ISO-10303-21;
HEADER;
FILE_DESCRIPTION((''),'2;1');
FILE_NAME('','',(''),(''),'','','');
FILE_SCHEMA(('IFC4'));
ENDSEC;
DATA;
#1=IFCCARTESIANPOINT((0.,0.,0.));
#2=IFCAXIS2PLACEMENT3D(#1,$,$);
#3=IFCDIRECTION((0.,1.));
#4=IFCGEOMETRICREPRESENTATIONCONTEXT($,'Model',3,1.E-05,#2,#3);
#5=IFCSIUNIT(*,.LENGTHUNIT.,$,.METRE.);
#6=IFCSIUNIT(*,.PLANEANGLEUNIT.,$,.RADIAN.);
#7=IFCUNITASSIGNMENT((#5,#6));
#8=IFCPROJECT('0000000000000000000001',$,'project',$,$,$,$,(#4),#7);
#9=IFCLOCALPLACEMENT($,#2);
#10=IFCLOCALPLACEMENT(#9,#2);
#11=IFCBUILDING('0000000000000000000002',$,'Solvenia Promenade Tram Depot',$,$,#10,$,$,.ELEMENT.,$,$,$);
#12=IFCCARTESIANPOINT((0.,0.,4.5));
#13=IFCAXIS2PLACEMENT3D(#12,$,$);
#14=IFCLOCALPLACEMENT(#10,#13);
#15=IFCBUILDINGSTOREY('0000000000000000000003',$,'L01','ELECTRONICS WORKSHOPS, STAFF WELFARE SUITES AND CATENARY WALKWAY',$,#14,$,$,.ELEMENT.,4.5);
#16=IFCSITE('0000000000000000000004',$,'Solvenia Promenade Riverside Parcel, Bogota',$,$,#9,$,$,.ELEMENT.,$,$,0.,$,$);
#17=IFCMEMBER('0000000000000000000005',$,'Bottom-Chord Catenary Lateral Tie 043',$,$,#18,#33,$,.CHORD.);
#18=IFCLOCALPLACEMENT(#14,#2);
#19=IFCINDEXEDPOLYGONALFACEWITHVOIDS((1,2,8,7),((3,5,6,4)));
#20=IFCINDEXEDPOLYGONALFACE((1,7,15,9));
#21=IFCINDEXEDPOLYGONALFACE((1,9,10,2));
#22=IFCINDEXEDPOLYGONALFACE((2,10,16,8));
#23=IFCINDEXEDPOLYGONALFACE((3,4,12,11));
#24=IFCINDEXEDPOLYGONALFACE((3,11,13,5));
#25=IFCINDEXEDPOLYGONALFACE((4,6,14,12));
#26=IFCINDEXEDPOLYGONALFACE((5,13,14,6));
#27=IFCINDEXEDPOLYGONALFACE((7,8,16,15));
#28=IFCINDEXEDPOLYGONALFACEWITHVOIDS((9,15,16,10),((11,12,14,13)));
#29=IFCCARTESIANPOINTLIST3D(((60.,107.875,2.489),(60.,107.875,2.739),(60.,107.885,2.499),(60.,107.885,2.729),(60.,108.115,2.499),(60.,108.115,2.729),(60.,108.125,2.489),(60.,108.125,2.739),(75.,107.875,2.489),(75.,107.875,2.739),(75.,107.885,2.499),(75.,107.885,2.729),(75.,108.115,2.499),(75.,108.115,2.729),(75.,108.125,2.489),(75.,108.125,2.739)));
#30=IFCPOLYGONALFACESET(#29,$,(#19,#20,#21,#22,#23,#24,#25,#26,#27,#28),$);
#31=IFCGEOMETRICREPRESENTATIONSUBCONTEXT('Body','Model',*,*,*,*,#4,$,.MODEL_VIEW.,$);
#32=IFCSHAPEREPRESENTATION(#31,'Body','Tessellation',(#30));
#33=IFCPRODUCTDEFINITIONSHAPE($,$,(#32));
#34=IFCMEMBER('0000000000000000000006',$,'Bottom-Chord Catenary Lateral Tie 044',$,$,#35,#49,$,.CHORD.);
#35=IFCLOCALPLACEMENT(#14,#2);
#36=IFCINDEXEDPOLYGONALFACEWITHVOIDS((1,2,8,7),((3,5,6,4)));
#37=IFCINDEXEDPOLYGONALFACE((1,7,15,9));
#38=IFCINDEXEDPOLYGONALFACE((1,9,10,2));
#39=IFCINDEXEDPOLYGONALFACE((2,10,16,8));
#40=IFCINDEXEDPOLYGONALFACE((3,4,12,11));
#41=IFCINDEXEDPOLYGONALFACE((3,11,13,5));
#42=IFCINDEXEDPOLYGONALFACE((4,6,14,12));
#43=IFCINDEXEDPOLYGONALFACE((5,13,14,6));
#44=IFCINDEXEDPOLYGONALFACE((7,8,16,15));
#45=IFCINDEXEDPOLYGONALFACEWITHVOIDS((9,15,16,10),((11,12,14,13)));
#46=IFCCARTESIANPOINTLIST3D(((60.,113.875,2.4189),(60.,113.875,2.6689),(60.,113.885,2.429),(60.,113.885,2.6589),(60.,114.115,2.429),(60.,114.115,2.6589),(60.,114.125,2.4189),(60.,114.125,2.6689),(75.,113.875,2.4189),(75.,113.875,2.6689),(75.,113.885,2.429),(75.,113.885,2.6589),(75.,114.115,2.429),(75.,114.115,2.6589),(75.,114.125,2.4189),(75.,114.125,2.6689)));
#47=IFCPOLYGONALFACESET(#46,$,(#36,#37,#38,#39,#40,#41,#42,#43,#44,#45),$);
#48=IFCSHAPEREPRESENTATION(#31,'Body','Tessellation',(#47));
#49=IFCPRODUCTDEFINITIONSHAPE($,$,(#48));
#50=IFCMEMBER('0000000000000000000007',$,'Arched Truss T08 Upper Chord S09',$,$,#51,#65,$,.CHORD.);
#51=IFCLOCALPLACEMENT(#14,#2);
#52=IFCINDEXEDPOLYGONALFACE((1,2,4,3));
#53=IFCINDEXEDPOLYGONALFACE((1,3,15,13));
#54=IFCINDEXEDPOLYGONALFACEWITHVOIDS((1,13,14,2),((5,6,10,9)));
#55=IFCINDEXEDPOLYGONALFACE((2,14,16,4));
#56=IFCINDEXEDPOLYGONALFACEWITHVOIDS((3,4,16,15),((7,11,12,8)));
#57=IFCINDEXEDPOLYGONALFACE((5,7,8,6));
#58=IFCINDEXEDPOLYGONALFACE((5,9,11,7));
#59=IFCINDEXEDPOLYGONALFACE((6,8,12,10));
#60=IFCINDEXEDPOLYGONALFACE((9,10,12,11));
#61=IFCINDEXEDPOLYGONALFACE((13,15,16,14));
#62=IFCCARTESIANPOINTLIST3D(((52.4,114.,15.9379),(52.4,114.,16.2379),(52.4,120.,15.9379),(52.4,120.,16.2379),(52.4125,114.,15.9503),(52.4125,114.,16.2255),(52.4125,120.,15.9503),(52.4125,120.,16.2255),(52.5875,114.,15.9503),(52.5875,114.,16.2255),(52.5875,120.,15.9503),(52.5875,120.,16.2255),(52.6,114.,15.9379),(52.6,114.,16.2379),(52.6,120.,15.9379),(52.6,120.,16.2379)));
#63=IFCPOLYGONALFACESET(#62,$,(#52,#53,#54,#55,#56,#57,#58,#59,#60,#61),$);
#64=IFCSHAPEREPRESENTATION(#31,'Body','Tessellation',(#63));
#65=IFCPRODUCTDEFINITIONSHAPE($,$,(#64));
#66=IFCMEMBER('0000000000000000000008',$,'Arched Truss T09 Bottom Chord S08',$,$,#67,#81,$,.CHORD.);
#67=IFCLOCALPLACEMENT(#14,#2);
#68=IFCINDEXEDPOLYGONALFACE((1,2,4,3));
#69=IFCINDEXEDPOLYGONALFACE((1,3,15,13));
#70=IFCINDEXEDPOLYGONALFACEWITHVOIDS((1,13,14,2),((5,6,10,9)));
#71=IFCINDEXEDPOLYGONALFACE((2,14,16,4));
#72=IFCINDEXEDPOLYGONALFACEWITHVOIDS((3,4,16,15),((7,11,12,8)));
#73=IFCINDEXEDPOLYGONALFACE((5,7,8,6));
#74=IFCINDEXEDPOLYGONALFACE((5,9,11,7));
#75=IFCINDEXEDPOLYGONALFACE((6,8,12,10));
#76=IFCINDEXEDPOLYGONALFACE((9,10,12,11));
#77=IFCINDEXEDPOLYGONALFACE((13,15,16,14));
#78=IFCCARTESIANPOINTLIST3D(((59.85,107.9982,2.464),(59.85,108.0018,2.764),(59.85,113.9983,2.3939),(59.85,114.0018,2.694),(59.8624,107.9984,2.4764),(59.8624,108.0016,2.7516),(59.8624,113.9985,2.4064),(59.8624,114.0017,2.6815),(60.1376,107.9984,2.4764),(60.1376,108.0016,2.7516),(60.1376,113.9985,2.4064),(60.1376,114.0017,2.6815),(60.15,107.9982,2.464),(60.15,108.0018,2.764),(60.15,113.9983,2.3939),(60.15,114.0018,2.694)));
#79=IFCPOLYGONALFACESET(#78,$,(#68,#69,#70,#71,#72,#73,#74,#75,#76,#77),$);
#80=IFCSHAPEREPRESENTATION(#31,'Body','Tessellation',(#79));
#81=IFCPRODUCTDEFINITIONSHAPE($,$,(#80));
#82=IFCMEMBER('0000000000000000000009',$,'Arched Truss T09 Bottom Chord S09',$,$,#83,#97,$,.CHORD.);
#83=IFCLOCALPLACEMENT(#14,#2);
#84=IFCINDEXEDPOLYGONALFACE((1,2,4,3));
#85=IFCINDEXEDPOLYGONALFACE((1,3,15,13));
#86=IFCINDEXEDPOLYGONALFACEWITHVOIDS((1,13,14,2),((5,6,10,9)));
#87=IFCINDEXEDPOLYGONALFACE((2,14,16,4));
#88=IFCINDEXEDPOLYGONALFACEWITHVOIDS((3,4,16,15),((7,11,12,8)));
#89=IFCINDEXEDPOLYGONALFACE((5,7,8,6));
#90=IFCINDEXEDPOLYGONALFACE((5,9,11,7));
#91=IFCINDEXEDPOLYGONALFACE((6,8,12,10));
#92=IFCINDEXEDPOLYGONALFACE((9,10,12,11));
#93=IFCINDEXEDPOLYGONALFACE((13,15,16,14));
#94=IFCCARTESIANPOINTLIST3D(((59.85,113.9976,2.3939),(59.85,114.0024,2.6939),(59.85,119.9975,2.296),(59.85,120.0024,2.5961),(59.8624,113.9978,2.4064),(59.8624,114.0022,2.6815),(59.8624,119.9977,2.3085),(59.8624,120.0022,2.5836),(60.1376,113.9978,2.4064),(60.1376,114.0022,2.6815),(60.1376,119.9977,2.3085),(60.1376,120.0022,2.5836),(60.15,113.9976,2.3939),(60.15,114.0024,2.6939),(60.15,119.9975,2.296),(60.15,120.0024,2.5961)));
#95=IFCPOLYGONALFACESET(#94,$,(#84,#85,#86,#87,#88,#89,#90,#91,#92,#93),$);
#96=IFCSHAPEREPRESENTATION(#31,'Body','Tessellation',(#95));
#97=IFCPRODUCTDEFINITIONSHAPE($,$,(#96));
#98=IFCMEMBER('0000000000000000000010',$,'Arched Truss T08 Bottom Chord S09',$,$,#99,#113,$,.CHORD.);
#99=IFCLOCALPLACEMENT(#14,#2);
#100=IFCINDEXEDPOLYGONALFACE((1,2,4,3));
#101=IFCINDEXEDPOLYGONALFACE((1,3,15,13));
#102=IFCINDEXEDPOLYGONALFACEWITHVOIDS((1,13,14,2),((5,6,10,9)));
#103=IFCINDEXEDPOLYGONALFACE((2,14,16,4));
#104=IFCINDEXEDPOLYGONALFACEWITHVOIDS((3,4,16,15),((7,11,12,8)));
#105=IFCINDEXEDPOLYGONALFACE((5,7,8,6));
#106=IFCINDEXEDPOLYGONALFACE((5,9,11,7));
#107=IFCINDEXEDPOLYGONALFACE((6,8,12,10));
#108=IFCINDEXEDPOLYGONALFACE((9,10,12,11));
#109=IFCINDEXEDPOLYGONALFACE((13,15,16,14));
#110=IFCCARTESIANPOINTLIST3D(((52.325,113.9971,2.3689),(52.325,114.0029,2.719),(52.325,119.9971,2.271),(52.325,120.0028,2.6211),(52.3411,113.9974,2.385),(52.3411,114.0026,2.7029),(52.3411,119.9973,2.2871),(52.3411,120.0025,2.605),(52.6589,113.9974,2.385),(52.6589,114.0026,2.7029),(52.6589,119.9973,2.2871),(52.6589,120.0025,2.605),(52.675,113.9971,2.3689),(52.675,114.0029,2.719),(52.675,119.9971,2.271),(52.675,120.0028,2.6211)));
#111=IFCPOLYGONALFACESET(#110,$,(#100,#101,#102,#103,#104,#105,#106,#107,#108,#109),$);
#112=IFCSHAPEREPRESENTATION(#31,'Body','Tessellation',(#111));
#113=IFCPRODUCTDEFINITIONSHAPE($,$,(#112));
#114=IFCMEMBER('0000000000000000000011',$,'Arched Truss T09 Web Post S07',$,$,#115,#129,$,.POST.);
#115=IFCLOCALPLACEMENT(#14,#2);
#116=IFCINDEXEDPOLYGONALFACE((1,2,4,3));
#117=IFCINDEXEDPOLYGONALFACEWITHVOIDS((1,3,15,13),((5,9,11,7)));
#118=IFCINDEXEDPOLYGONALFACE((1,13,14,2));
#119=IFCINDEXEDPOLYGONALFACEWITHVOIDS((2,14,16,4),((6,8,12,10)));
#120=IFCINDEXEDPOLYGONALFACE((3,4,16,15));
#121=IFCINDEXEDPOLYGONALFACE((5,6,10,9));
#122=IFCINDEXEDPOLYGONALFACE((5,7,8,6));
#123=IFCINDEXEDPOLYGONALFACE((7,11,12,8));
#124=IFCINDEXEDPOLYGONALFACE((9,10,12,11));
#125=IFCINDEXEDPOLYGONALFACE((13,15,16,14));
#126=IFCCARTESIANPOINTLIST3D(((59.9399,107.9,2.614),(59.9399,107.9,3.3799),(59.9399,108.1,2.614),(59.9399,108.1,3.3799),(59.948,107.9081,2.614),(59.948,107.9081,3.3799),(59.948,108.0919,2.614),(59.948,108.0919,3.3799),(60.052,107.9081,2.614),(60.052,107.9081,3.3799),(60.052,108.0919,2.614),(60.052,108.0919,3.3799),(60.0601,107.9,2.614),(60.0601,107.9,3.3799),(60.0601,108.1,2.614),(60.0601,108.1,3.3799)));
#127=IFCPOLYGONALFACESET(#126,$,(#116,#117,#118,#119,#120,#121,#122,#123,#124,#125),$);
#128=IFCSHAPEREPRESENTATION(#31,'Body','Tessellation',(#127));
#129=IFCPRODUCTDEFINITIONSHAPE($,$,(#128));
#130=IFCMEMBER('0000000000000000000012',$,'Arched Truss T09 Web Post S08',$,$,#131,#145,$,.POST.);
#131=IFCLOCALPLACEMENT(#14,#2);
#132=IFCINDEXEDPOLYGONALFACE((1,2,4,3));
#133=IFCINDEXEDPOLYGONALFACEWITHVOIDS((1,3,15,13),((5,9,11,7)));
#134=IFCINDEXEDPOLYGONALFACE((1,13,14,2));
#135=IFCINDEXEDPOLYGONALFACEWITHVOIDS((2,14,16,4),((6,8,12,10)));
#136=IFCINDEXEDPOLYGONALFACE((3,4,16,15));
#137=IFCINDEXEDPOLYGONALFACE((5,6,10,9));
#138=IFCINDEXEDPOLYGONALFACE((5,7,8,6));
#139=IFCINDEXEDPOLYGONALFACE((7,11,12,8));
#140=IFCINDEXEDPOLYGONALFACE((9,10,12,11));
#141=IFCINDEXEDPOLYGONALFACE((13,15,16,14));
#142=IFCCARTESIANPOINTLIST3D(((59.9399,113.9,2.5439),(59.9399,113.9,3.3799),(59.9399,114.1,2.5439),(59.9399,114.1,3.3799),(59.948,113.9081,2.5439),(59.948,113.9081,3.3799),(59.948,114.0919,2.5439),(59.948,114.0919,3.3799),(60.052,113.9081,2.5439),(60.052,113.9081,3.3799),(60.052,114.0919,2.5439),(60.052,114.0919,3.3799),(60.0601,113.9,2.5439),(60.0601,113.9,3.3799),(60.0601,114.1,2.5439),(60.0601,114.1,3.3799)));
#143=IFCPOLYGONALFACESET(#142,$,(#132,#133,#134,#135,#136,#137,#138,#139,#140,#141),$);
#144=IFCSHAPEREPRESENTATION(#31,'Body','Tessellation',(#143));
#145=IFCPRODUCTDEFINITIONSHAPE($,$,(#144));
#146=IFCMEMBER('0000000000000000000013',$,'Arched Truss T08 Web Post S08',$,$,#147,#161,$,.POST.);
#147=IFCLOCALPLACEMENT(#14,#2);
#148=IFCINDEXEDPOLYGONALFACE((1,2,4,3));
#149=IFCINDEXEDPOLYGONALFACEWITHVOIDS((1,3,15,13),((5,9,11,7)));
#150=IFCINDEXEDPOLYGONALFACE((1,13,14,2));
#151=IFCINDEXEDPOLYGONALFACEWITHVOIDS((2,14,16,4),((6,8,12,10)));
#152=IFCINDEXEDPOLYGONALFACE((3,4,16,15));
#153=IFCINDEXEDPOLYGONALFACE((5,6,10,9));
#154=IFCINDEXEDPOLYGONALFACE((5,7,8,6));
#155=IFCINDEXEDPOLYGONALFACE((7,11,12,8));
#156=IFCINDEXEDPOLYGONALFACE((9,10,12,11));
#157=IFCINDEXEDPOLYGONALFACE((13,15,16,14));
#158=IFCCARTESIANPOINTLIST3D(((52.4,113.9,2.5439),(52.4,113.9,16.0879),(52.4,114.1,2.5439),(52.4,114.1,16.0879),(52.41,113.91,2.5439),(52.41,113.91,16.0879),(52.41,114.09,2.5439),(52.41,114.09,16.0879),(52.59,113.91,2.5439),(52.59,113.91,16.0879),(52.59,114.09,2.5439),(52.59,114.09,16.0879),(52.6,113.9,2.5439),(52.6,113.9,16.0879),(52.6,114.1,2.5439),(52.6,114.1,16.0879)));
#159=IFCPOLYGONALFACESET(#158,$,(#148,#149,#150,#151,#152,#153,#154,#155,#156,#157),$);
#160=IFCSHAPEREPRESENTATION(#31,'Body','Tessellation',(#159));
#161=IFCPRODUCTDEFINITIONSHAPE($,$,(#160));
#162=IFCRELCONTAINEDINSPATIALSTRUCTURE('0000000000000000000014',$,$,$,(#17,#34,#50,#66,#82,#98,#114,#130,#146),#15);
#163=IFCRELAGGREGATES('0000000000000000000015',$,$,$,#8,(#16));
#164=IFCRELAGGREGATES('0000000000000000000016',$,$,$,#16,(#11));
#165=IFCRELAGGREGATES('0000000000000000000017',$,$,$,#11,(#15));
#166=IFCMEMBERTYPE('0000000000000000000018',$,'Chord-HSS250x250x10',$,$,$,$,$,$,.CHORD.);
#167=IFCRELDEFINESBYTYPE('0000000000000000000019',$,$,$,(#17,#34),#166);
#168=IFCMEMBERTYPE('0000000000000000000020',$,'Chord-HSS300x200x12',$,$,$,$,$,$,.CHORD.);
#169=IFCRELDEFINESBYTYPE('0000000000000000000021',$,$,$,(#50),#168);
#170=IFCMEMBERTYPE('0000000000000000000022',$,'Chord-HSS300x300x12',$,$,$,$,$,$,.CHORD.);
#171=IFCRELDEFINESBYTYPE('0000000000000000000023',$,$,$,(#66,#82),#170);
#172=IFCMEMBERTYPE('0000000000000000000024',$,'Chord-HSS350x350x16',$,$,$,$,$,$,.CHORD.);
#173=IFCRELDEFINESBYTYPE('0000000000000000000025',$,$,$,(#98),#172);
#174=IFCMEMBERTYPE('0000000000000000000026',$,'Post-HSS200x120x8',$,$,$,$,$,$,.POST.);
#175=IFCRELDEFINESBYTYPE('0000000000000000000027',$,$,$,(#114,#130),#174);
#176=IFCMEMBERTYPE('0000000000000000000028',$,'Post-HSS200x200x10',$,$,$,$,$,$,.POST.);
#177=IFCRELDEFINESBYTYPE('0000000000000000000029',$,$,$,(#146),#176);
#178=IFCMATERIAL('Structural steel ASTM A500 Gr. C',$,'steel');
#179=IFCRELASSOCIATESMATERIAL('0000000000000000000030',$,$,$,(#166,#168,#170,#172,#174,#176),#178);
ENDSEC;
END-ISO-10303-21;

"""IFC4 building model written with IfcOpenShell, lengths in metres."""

from ifc_helpers import new_model, si_unit, direction, frame, origin, origin_2d, place, context, subcontext, project, spatial, hollow_rectangle, extrude, material, material_profile, profile_set, type_object, element, save


model = new_model("IFC4")

# Units and contexts
model_context = context("Model", 3, precision=1e-05, world=origin(), true_north=direction((0.0, 1.0)))
body_context = subcontext(model_context, "Body", "Model", "MODEL_VIEW")
ifc_project = project(units=[si_unit("LENGTHUNIT", "METRE"), si_unit("PLANEANGLEUNIT", "RADIAN")], contexts=[model_context])

# Site, building, storey
site_placement = place(None, origin())
site = spatial("IfcSite", under=ifc_project, at=site_placement, Name="Solvenia Promenade Riverside Parcel, Bogota", CompositionType="ELEMENT", RefElevation=0.0)
building_placement = place(site_placement, origin())
building = spatial("IfcBuilding", under=site, at=building_placement, Name="Solvenia Promenade Tram Depot", CompositionType="ELEMENT")
storey_placement = place(building_placement, frame((0.0, 0.0, 4.5)))
storey = spatial("IfcBuildingStorey", under=building, at=storey_placement, Name="L01", Description="ELECTRONICS WORKSHOPS, STAFF WELFARE SUITES AND CATENARY WALKWAY", CompositionType="ELEMENT", Elevation=4.5)

# Members
ifc_material_1 = material(Name="Structural steel ASTM A500 Gr. C", Category="steel")
ifc_material_profile_1 = material_profile(ifc_material_1, hollow_rectangle(XDim=0.25, YDim=0.25, WallThickness=0.01, at=origin_2d()), Name="HSS250x250x10", Category="steel")
ifc_profile_set_1 = profile_set([ifc_material_profile_1], Name="Structural steel ASTM A500 Gr. C")
member_type_1 = type_object("IfcMemberType", Name="Chord-HSS250x250x10", PredefinedType="CHORD", material=ifc_profile_set_1)
for number, where, z_axis, x_axis, name in (
    (1, (60.0, 108.0, 2.614), (1.0, 0.0, 0.0), (0.0, 1.0, 0.0), "Bottom-Chord Catenary Lateral Tie 043"),
    (2, (60.0, 114.0, 2.5439), (1.0, 0.0, 0.0), (0.0, 1.0, 0.0), "Bottom-Chord Catenary Lateral Tie 044"),
):
    element("IfcMember", number, at=place(storey_placement, frame(where, z_axis=z_axis, x_axis=x_axis)), inside=storey, type_object=member_type_1, Name=name, PredefinedType="CHORD", context=body_context, shape_type="SweptSolid", body=[
        extrude(hollow_rectangle(XDim=0.25, YDim=0.25, WallThickness=0.01, at=origin_2d()), origin(), (0.0, 0.0, 1.0), 15.0),
    ])
ifc_material_profile_2 = material_profile(ifc_material_1, hollow_rectangle(XDim=0.2, YDim=0.3, WallThickness=0.0125, at=origin_2d()), Name="HSS300x200x12.5", Category="steel")
ifc_profile_set_2 = profile_set([ifc_material_profile_2], Name="Structural steel ASTM A500 Gr. C")
member_type_2 = type_object("IfcMemberType", Name="Chord-HSS300x200x12", PredefinedType="CHORD", material=ifc_profile_set_2)
member_1_placement = place(storey_placement, frame((52.5, 114.0, 16.0879), z_axis=(0.0, 1.0, 0.0), x_axis=(-1.0, 0.0, 0.0)))
element("IfcMember", 3, at=member_1_placement, inside=storey, type_object=member_type_2, Name="Arched Truss T08 Upper Chord S09", PredefinedType="CHORD", context=body_context, shape_type="SweptSolid", body=[
    extrude(hollow_rectangle(XDim=0.2, YDim=0.3, WallThickness=0.0125, at=origin_2d()), origin(), (0.0, 0.0, 1.0), 6.0),
])
ifc_material_profile_3 = material_profile(ifc_material_1, hollow_rectangle(XDim=0.3, YDim=0.3, WallThickness=0.0125, at=origin_2d()), Name="HSS300x300x12.5", Category="steel")
ifc_profile_set_3 = profile_set([ifc_material_profile_3], Name="Structural steel ASTM A500 Gr. C")
member_type_3 = type_object("IfcMemberType", Name="Chord-HSS300x300x12", PredefinedType="CHORD", material=ifc_profile_set_3)
member_2_placement = place(storey_placement, frame((60.0, 108.0, 2.614), z_axis=(0.0, 0.999932, -0.011677), x_axis=(-1.0, 0.0, 0.0)))
element("IfcMember", 4, at=member_2_placement, inside=storey, type_object=member_type_3, Name="Arched Truss T09 Bottom Chord S08", PredefinedType="CHORD", context=body_context, shape_type="SweptSolid", body=[
    extrude(hollow_rectangle(XDim=0.3, YDim=0.3, WallThickness=0.0125, at=origin_2d()), origin(), (0.0, 0.0, 1.0), 6.0005),
])
member_3_placement = place(storey_placement, frame((60.0, 114.0, 2.5439), z_axis=(0.0, 0.999867, -0.016315), x_axis=(-1.0, 0.0, 0.0)))
element("IfcMember", 5, at=member_3_placement, inside=storey, type_object=member_type_3, Name="Arched Truss T09 Bottom Chord S09", PredefinedType="CHORD", context=body_context, shape_type="SweptSolid", body=[
    extrude(hollow_rectangle(XDim=0.3, YDim=0.3, WallThickness=0.0125, at=origin_2d()), origin(), (0.0, 0.0, 1.0), 6.0007),
])
ifc_material_profile_4 = material_profile(ifc_material_1, hollow_rectangle(XDim=0.3501, YDim=0.3501, WallThickness=0.0161, at=origin_2d()), Name="HSS350x350x16", Category="steel")
ifc_profile_set_4 = profile_set([ifc_material_profile_4], Name="Structural steel ASTM A500 Gr. C")
member_type_4 = type_object("IfcMemberType", Name="Chord-HSS350x350x16", PredefinedType="CHORD", material=ifc_profile_set_4)
member_4_placement = place(storey_placement, frame((52.5, 114.0, 2.5439), z_axis=(0.0, 0.999867, -0.016315), x_axis=(-1.0, 0.0, 0.0)))
element("IfcMember", 6, at=member_4_placement, inside=storey, type_object=member_type_4, Name="Arched Truss T08 Bottom Chord S09", PredefinedType="CHORD", context=body_context, shape_type="SweptSolid", body=[
    extrude(hollow_rectangle(XDim=0.3501, YDim=0.3501, WallThickness=0.0161, at=origin_2d()), origin(), (0.0, 0.0, 1.0), 6.0007),
])
ifc_material_profile_5 = material_profile(ifc_material_1, hollow_rectangle(XDim=0.1201, YDim=0.2, WallThickness=0.0081, at=origin_2d()), Name="HSS200x120x8", Category="steel")
ifc_profile_set_5 = profile_set([ifc_material_profile_5], Name="Structural steel ASTM A500 Gr. C")
member_type_5 = type_object("IfcMemberType", Name="Post-HSS200x120x8", PredefinedType="POST", material=ifc_profile_set_5)
member_5_placement = place(storey_placement, frame((60.0, 108.0, 2.614), z_axis=(0.0, 0.0, 1.0), x_axis=(1.0, 0.0, 0.0)))
element("IfcMember", 7, at=member_5_placement, inside=storey, type_object=member_type_5, Name="Arched Truss T09 Web Post S07", PredefinedType="POST", context=body_context, shape_type="SweptSolid", body=[
    extrude(hollow_rectangle(XDim=0.1201, YDim=0.2, WallThickness=0.0081, at=origin_2d()), origin(), (0.0, 0.0, 1.0), 0.7659),
])
member_6_placement = place(storey_placement, frame((60.0, 114.0, 2.5439), z_axis=(0.0, 0.0, 1.0), x_axis=(1.0, 0.0, 0.0)))
element("IfcMember", 8, at=member_6_placement, inside=storey, type_object=member_type_5, Name="Arched Truss T09 Web Post S08", PredefinedType="POST", context=body_context, shape_type="SweptSolid", body=[
    extrude(hollow_rectangle(XDim=0.1201, YDim=0.2, WallThickness=0.0081, at=origin_2d()), origin(), (0.0, 0.0, 1.0), 0.8359),
])
ifc_material_profile_6 = material_profile(ifc_material_1, hollow_rectangle(XDim=0.2, YDim=0.2, WallThickness=0.01, at=origin_2d()), Name="HSS200x200x10", Category="steel")
ifc_profile_set_6 = profile_set([ifc_material_profile_6], Name="Structural steel ASTM A500 Gr. C")
member_type_6 = type_object("IfcMemberType", Name="Post-HSS200x200x10", PredefinedType="POST", material=ifc_profile_set_6)
member_7_placement = place(storey_placement, frame((52.5, 114.0, 2.5439), z_axis=(0.0, 0.0, 1.0), x_axis=(1.0, 0.0, 0.0)))
element("IfcMember", 9, at=member_7_placement, inside=storey, type_object=member_type_6, Name="Arched Truss T08 Web Post S08", PredefinedType="POST", context=body_context, shape_type="SweptSolid", body=[
    extrude(hollow_rectangle(XDim=0.2, YDim=0.2, WallThickness=0.01, at=origin_2d()), origin(), (0.0, 0.0, 1.0), 13.5439),
])

save(model, "model.ifc")
